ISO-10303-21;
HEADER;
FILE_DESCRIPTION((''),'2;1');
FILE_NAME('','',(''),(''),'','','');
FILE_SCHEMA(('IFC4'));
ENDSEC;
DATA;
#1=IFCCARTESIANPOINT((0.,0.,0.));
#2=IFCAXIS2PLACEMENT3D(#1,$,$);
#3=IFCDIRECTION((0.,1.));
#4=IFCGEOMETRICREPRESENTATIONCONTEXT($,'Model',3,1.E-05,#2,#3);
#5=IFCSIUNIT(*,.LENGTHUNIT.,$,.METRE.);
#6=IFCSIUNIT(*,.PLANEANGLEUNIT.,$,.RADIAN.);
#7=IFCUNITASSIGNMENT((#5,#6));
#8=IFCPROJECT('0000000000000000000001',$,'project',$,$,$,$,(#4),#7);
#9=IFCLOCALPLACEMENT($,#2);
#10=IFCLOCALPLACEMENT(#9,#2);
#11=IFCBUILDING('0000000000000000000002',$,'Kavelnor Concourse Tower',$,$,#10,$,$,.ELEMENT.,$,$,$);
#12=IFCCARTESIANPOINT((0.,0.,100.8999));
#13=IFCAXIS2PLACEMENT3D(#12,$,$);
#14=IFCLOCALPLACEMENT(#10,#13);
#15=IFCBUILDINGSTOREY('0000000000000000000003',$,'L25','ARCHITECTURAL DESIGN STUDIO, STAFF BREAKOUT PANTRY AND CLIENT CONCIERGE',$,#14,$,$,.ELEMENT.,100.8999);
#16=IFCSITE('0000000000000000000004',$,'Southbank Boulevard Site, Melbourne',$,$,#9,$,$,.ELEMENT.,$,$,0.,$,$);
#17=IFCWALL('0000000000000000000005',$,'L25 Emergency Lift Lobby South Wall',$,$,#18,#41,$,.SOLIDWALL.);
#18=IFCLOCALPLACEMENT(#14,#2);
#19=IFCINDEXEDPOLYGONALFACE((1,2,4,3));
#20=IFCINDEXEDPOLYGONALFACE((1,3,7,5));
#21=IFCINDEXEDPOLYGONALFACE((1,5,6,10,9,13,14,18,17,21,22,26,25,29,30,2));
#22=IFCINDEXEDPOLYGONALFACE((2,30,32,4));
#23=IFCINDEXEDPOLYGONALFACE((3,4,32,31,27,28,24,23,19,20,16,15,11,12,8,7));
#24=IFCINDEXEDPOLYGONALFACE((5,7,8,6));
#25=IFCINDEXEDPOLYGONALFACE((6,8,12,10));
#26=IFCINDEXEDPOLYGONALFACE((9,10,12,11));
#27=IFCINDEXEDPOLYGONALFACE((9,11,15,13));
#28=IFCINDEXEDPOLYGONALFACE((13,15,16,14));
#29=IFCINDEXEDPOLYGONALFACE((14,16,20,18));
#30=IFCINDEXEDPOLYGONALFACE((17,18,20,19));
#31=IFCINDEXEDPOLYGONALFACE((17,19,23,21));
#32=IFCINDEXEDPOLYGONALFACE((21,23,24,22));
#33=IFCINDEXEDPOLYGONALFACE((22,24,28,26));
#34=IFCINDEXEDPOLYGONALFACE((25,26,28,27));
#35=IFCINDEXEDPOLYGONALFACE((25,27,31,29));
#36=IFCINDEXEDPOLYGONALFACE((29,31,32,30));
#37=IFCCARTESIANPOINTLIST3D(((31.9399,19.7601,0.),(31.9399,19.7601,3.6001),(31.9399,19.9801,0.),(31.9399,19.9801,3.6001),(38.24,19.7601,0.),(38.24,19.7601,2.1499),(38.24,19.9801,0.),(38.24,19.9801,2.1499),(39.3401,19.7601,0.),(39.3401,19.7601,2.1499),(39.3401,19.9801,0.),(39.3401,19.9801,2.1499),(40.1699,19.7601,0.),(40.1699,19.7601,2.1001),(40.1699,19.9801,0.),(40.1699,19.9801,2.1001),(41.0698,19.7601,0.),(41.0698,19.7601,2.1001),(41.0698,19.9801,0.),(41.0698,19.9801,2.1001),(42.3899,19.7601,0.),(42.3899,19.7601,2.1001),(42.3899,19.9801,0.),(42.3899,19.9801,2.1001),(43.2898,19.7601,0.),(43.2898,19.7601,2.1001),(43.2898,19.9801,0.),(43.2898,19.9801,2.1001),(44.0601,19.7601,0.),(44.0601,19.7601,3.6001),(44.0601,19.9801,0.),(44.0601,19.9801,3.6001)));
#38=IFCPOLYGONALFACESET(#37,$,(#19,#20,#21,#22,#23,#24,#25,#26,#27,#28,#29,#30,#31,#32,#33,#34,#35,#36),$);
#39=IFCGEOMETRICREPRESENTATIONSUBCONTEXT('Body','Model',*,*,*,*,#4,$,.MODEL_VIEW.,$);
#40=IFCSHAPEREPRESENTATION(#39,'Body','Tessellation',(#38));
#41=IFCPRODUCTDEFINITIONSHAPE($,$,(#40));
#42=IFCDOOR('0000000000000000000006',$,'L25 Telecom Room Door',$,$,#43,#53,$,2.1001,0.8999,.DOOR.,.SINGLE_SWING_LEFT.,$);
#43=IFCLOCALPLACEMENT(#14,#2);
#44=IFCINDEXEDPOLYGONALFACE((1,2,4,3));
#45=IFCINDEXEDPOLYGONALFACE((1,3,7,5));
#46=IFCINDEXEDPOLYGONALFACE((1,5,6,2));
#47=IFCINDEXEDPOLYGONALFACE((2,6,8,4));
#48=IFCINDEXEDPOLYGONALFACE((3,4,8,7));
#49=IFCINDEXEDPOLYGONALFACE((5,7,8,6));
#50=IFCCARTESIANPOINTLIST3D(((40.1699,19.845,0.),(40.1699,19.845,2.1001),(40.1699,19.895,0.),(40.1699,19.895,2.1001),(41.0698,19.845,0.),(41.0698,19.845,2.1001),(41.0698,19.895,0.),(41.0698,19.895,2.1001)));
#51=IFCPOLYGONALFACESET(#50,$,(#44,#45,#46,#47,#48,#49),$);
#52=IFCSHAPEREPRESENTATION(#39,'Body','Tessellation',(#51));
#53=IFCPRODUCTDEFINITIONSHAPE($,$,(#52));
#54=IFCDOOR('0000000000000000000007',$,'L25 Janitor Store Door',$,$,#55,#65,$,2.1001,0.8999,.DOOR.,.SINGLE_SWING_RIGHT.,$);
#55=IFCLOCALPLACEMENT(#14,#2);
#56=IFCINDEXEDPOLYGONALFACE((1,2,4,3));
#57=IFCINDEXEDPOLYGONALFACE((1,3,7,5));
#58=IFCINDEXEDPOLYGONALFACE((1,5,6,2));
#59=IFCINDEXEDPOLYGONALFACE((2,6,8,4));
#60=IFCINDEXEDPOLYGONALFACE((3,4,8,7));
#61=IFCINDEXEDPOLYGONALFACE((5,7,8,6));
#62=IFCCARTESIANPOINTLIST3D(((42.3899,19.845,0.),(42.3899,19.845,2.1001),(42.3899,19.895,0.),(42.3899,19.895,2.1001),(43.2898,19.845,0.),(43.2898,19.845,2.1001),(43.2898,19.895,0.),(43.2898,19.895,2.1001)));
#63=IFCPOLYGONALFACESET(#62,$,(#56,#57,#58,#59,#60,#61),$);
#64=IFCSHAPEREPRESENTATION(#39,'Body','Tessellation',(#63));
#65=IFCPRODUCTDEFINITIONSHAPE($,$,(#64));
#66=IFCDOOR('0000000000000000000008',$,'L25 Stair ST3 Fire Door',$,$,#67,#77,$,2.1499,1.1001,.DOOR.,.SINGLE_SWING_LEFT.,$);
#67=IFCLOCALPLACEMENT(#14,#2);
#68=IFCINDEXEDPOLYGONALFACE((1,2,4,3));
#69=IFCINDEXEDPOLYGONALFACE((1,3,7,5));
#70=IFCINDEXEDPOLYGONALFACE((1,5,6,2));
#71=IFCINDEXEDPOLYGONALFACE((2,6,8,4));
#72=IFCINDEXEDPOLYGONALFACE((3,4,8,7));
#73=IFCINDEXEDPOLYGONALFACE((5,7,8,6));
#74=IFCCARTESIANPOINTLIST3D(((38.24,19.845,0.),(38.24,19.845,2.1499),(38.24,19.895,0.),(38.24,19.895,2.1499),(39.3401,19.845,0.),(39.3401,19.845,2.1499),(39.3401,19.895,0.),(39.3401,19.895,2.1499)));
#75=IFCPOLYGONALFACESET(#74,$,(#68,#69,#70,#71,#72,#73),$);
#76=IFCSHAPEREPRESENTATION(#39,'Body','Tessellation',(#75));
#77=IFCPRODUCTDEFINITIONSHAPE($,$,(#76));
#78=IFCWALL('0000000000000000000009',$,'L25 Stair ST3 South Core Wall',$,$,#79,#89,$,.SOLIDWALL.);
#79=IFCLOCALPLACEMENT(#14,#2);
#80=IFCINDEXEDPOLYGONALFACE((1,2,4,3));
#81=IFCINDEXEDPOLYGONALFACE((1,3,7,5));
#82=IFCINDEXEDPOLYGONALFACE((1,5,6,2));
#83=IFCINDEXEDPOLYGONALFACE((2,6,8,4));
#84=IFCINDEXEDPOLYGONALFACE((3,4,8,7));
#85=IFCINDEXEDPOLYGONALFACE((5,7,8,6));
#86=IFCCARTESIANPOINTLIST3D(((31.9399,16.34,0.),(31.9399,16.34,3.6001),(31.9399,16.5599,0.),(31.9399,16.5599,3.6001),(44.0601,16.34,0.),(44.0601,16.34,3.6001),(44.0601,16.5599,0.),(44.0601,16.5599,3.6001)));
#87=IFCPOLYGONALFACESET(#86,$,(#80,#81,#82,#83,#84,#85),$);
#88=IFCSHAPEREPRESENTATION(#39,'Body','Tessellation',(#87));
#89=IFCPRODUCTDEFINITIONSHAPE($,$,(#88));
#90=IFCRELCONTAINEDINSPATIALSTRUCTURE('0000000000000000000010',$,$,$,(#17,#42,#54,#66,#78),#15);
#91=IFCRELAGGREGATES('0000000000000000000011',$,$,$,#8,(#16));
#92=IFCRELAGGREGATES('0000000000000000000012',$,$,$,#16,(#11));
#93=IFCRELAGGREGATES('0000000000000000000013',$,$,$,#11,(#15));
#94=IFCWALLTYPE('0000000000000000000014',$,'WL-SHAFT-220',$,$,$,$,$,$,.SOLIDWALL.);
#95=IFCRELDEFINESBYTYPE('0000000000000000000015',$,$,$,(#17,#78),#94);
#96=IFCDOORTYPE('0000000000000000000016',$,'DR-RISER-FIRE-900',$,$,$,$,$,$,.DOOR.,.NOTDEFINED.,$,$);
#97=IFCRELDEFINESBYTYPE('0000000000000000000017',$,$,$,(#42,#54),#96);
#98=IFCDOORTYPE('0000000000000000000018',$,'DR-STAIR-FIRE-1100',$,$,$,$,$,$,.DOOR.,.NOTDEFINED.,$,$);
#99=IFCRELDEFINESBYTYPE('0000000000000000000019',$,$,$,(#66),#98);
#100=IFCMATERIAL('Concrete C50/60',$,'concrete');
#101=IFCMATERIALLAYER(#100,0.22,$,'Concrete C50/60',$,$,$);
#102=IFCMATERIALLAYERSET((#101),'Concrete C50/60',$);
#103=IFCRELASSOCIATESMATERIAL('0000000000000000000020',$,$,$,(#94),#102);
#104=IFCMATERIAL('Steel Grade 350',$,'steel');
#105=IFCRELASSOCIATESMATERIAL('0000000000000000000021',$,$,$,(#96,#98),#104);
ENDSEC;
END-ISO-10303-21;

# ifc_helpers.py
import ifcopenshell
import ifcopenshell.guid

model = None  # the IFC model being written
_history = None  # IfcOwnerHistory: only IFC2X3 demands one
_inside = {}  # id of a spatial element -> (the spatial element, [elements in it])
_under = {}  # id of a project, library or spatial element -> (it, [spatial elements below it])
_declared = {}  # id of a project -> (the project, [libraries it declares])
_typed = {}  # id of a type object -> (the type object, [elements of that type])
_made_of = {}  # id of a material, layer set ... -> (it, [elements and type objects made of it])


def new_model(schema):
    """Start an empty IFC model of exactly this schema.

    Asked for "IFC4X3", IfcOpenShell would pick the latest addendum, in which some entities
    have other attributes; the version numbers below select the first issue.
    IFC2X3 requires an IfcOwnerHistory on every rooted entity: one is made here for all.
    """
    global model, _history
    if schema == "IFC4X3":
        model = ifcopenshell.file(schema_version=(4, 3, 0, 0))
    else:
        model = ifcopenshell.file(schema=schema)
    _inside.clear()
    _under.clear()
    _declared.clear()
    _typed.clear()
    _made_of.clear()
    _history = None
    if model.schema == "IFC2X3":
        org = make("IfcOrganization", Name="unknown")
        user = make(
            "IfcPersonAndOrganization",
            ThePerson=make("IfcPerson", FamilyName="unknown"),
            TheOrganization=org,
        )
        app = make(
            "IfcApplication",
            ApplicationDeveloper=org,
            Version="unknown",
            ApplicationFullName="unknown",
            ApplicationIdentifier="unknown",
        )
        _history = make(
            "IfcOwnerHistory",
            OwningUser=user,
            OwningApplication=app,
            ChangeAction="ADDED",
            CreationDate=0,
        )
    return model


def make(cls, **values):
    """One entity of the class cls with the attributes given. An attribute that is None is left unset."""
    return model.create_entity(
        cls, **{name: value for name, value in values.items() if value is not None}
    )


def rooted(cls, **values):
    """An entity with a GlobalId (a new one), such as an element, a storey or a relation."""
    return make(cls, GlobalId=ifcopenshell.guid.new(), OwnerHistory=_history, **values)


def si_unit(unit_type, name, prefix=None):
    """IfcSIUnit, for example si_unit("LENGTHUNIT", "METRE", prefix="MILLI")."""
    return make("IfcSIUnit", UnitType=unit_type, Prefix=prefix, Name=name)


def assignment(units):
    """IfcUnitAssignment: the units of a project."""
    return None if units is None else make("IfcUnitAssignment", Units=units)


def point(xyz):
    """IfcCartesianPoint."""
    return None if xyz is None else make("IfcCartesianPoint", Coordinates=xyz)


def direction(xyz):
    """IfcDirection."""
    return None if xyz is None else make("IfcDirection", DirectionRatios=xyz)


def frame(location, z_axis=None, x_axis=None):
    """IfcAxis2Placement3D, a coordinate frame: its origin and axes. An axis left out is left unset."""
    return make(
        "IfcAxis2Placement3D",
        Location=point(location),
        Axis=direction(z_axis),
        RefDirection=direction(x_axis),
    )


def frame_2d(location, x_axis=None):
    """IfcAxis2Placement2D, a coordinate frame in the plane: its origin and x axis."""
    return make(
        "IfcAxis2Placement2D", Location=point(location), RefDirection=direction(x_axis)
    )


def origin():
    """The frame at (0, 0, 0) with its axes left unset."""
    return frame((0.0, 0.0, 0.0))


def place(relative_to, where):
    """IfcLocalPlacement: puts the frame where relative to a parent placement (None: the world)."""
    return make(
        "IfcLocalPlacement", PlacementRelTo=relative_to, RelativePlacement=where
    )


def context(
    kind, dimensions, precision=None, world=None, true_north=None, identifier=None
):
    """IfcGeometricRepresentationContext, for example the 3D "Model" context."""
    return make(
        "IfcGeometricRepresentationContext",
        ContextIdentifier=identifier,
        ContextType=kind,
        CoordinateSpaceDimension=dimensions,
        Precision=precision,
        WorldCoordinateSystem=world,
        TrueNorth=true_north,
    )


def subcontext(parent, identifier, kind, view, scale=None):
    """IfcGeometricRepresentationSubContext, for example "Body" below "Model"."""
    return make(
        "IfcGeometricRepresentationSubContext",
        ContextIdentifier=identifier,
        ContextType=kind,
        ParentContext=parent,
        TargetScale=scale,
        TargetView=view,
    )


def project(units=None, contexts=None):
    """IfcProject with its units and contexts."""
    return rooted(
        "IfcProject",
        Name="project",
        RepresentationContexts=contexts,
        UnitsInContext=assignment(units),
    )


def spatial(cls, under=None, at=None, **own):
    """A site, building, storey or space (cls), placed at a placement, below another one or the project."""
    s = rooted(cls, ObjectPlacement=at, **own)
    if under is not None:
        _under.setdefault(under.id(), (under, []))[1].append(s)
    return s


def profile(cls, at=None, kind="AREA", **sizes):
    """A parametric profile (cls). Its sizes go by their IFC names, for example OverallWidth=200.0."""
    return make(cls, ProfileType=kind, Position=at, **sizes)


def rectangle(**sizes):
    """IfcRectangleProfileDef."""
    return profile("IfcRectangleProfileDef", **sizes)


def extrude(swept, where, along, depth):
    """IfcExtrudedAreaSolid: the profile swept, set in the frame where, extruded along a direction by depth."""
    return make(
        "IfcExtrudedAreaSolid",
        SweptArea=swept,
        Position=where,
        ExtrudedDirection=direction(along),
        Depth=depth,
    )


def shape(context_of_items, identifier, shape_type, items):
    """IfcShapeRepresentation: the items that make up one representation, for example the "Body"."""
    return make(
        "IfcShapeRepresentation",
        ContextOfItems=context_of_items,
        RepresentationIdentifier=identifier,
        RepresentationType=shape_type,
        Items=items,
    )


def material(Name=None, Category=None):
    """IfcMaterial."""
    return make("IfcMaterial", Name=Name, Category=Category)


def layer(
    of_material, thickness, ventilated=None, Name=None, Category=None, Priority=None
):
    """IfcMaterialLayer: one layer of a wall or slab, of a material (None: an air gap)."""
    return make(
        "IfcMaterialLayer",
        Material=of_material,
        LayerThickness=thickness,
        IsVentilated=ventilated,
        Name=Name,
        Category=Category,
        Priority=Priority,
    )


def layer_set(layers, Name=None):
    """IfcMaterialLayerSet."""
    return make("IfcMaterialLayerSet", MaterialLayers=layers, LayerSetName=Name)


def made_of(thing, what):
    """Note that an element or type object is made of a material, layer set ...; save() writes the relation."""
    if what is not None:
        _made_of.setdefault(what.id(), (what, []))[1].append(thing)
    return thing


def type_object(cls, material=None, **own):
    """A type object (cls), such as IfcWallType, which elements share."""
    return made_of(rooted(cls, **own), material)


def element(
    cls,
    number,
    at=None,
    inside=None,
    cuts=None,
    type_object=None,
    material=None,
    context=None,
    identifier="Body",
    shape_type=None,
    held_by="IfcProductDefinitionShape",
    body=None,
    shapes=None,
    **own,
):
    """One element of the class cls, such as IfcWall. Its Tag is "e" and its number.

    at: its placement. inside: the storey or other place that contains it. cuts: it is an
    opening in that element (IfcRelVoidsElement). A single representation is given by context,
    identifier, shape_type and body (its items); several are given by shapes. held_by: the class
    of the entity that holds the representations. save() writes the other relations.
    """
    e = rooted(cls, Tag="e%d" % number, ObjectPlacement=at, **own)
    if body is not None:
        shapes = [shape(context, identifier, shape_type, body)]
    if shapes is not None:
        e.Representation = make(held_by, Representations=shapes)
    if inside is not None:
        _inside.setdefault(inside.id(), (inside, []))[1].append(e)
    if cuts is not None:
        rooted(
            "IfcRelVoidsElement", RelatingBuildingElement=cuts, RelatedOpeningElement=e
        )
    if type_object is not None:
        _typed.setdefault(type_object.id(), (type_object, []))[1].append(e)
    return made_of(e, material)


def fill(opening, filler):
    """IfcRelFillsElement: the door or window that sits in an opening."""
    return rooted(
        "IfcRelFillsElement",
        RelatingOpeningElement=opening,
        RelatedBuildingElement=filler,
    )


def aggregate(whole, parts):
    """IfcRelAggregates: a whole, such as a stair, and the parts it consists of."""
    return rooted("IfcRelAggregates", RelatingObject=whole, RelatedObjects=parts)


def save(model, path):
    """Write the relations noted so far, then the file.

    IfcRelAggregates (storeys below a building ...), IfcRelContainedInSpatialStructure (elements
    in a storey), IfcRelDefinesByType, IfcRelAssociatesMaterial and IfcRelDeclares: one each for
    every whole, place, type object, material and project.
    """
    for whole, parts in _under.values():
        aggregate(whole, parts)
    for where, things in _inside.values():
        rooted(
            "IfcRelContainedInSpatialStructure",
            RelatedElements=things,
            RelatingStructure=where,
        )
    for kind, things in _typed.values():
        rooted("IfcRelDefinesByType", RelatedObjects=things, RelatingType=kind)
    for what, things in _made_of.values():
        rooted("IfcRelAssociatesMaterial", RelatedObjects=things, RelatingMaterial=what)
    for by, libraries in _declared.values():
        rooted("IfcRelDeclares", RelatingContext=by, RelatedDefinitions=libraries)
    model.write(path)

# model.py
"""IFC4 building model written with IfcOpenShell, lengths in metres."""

from ifc_helpers import new_model, si_unit, direction, frame, frame_2d, origin, place, context, subcontext, project, spatial, rectangle, extrude, material, layer, layer_set, type_object, element, fill, save


model = new_model("IFC4")

# Units and contexts
model_context = context("Model", 3, precision=1e-05, world=origin(), true_north=direction((0.0, 1.0)))
body_context = subcontext(model_context, "Body", "Model", "MODEL_VIEW")
ifc_project = project(units=[si_unit("LENGTHUNIT", "METRE"), si_unit("PLANEANGLEUNIT", "RADIAN")], contexts=[model_context])

# Site, building, storey
site_placement = place(None, origin())
site = spatial("IfcSite", under=ifc_project, at=site_placement, Name="Southbank Boulevard Site, Melbourne", CompositionType="ELEMENT", RefElevation=0.0)
building_placement = place(site_placement, origin())
building = spatial("IfcBuilding", under=site, at=building_placement, Name="Kavelnor Concourse Tower", CompositionType="ELEMENT")
storey_placement = place(building_placement, frame((0.0, 0.0, 100.8999)))
storey = spatial("IfcBuildingStorey", under=building, at=storey_placement, Name="L25", Description="ARCHITECTURAL DESIGN STUDIO, STAFF BREAKOUT PANTRY AND CLIENT CONCIERGE", CompositionType="ELEMENT", Elevation=100.8999)

# Shared definitions
ifc_material_1 = material(Name="Steel Grade 350", Category="steel")

# Wall, openings, doors
ifc_material_2 = material(Name="Concrete C50/60", Category="concrete")
ifc_layer_1 = layer(ifc_material_2, 0.22, Name="Concrete C50/60")
ifc_layer_set_1 = layer_set([ifc_layer_1], Name="Concrete C50/60")
wall_type_1 = type_object("IfcWallType", Name="WL-SHAFT-220", PredefinedType="SOLIDWALL", material=ifc_layer_set_1)
wall_1_placement = place(storey_placement, frame((31.9399, 19.8701, 0.0), z_axis=(0.0, 0.0, 1.0), x_axis=(1.0, 0.0, 0.0)))
wall_1 = element("IfcWall", 1, at=wall_1_placement, inside=storey, type_object=wall_type_1, Name="L25 Emergency Lift Lobby South Wall", PredefinedType="SOLIDWALL", context=body_context, shape_type="SweptSolid", body=[
    extrude(rectangle(XDim=12.1201, YDim=0.22, at=frame_2d((6.0601, 0.0))), origin(), (0.0, 0.0, 1.0), 3.6001),
])
opening_1_placement = place(wall_1_placement, frame((6.3, 0.0, 0.0)))
opening_1 = element("IfcOpeningElement", 2, at=opening_1_placement, cuts=wall_1, PredefinedType="OPENING", context=body_context, shape_type="SweptSolid", body=[
    extrude(rectangle(XDim=1.1001, YDim=2.1499, at=frame_2d((0.55, 1.075))), frame((0.0, 0.1201, 0.0), z_axis=(0.0, -1.0, 0.0), x_axis=(1.0, 0.0, 0.0)), (0.0, 0.0, 1.0), 0.24),
])
opening_2_placement = place(wall_1_placement, frame((8.23, 0.0, 0.0)))
opening_2 = element("IfcOpeningElement", 3, at=opening_2_placement, cuts=wall_1, PredefinedType="OPENING", context=body_context, shape_type="SweptSolid", body=[
    extrude(rectangle(XDim=0.8999, YDim=2.1001, at=frame_2d((0.45, 1.05))), frame((0.0, 0.1201, 0.0), z_axis=(0.0, -1.0, 0.0), x_axis=(1.0, 0.0, 0.0)), (0.0, 0.0, 1.0), 0.24),
])
opening_3_placement = place(wall_1_placement, frame((10.45, 0.0, 0.0)))
opening_3 = element("IfcOpeningElement", 4, at=opening_3_placement, cuts=wall_1, PredefinedType="OPENING", context=body_context, shape_type="SweptSolid", body=[
    extrude(rectangle(XDim=0.8999, YDim=2.1001, at=frame_2d((0.45, 1.05))), frame((0.0, 0.1201, 0.0), z_axis=(0.0, -1.0, 0.0), x_axis=(1.0, 0.0, 0.0)), (0.0, 0.0, 1.0), 0.24),
])
door_type_1 = type_object("IfcDoorType", Name="DR-RISER-FIRE-900", OperationType="NOTDEFINED", PredefinedType="DOOR", material=ifc_material_1)
door_1_placement = place(opening_2_placement, origin())
door_1 = element("IfcDoor", 5, at=door_1_placement, inside=storey, type_object=door_type_1, Name="L25 Telecom Room Door", OperationType="SINGLE_SWING_LEFT", OverallHeight=2.1001, OverallWidth=0.8999, PredefinedType="DOOR", context=body_context, shape_type="SweptSolid", body=[
    extrude(rectangle(XDim=0.8999, YDim=2.1001, at=frame_2d((0.45, 1.05))), frame((0.0, 0.0249, 0.0), z_axis=(0.0, -1.0, 0.0), x_axis=(1.0, 0.0, 0.0)), (0.0, 0.0, 1.0), 0.05),
])
fill(opening_2, door_1)
door_2_placement = place(opening_3_placement, origin())
door_2 = element("IfcDoor", 6, at=door_2_placement, inside=storey, type_object=door_type_1, Name="L25 Janitor Store Door", OperationType="SINGLE_SWING_RIGHT", OverallHeight=2.1001, OverallWidth=0.8999, PredefinedType="DOOR", context=body_context, shape_type="SweptSolid", body=[
    extrude(rectangle(XDim=0.8999, YDim=2.1001, at=frame_2d((0.45, 1.05))), frame((0.0, 0.0249, 0.0), z_axis=(0.0, -1.0, 0.0), x_axis=(1.0, 0.0, 0.0)), (0.0, 0.0, 1.0), 0.05),
])
fill(opening_3, door_2)
door_type_2 = type_object("IfcDoorType", Name="DR-STAIR-FIRE-1100", OperationType="NOTDEFINED", PredefinedType="DOOR", material=ifc_material_1)
door_3_placement = place(opening_1_placement, origin())
door_3 = element("IfcDoor", 7, at=door_3_placement, inside=storey, type_object=door_type_2, Name="L25 Stair ST3 Fire Door", OperationType="SINGLE_SWING_LEFT", OverallHeight=2.1499, OverallWidth=1.1001, PredefinedType="DOOR", context=body_context, shape_type="SweptSolid", body=[
    extrude(rectangle(XDim=1.1001, YDim=2.1499, at=frame_2d((0.55, 1.075))), frame((0.0, 0.0249, 0.0), z_axis=(0.0, -1.0, 0.0), x_axis=(1.0, 0.0, 0.0)), (0.0, 0.0, 1.0), 0.05),
])
fill(opening_1, door_3)

# Wall
wall_2_placement = place(storey_placement, frame((31.9399, 16.45, 0.0), z_axis=(0.0, 0.0, 1.0), x_axis=(1.0, 0.0, 0.0)))
element("IfcWall", 8, at=wall_2_placement, inside=storey, type_object=wall_type_1, Name="L25 Stair ST3 South Core Wall", PredefinedType="SOLIDWALL", context=body_context, shape_type="SweptSolid", body=[
    extrude(rectangle(XDim=12.1201, YDim=0.22, at=frame_2d((6.0601, 0.0))), origin(), (0.0, 0.0, 1.0), 3.6001),
])

save(model, "model.ifc")
